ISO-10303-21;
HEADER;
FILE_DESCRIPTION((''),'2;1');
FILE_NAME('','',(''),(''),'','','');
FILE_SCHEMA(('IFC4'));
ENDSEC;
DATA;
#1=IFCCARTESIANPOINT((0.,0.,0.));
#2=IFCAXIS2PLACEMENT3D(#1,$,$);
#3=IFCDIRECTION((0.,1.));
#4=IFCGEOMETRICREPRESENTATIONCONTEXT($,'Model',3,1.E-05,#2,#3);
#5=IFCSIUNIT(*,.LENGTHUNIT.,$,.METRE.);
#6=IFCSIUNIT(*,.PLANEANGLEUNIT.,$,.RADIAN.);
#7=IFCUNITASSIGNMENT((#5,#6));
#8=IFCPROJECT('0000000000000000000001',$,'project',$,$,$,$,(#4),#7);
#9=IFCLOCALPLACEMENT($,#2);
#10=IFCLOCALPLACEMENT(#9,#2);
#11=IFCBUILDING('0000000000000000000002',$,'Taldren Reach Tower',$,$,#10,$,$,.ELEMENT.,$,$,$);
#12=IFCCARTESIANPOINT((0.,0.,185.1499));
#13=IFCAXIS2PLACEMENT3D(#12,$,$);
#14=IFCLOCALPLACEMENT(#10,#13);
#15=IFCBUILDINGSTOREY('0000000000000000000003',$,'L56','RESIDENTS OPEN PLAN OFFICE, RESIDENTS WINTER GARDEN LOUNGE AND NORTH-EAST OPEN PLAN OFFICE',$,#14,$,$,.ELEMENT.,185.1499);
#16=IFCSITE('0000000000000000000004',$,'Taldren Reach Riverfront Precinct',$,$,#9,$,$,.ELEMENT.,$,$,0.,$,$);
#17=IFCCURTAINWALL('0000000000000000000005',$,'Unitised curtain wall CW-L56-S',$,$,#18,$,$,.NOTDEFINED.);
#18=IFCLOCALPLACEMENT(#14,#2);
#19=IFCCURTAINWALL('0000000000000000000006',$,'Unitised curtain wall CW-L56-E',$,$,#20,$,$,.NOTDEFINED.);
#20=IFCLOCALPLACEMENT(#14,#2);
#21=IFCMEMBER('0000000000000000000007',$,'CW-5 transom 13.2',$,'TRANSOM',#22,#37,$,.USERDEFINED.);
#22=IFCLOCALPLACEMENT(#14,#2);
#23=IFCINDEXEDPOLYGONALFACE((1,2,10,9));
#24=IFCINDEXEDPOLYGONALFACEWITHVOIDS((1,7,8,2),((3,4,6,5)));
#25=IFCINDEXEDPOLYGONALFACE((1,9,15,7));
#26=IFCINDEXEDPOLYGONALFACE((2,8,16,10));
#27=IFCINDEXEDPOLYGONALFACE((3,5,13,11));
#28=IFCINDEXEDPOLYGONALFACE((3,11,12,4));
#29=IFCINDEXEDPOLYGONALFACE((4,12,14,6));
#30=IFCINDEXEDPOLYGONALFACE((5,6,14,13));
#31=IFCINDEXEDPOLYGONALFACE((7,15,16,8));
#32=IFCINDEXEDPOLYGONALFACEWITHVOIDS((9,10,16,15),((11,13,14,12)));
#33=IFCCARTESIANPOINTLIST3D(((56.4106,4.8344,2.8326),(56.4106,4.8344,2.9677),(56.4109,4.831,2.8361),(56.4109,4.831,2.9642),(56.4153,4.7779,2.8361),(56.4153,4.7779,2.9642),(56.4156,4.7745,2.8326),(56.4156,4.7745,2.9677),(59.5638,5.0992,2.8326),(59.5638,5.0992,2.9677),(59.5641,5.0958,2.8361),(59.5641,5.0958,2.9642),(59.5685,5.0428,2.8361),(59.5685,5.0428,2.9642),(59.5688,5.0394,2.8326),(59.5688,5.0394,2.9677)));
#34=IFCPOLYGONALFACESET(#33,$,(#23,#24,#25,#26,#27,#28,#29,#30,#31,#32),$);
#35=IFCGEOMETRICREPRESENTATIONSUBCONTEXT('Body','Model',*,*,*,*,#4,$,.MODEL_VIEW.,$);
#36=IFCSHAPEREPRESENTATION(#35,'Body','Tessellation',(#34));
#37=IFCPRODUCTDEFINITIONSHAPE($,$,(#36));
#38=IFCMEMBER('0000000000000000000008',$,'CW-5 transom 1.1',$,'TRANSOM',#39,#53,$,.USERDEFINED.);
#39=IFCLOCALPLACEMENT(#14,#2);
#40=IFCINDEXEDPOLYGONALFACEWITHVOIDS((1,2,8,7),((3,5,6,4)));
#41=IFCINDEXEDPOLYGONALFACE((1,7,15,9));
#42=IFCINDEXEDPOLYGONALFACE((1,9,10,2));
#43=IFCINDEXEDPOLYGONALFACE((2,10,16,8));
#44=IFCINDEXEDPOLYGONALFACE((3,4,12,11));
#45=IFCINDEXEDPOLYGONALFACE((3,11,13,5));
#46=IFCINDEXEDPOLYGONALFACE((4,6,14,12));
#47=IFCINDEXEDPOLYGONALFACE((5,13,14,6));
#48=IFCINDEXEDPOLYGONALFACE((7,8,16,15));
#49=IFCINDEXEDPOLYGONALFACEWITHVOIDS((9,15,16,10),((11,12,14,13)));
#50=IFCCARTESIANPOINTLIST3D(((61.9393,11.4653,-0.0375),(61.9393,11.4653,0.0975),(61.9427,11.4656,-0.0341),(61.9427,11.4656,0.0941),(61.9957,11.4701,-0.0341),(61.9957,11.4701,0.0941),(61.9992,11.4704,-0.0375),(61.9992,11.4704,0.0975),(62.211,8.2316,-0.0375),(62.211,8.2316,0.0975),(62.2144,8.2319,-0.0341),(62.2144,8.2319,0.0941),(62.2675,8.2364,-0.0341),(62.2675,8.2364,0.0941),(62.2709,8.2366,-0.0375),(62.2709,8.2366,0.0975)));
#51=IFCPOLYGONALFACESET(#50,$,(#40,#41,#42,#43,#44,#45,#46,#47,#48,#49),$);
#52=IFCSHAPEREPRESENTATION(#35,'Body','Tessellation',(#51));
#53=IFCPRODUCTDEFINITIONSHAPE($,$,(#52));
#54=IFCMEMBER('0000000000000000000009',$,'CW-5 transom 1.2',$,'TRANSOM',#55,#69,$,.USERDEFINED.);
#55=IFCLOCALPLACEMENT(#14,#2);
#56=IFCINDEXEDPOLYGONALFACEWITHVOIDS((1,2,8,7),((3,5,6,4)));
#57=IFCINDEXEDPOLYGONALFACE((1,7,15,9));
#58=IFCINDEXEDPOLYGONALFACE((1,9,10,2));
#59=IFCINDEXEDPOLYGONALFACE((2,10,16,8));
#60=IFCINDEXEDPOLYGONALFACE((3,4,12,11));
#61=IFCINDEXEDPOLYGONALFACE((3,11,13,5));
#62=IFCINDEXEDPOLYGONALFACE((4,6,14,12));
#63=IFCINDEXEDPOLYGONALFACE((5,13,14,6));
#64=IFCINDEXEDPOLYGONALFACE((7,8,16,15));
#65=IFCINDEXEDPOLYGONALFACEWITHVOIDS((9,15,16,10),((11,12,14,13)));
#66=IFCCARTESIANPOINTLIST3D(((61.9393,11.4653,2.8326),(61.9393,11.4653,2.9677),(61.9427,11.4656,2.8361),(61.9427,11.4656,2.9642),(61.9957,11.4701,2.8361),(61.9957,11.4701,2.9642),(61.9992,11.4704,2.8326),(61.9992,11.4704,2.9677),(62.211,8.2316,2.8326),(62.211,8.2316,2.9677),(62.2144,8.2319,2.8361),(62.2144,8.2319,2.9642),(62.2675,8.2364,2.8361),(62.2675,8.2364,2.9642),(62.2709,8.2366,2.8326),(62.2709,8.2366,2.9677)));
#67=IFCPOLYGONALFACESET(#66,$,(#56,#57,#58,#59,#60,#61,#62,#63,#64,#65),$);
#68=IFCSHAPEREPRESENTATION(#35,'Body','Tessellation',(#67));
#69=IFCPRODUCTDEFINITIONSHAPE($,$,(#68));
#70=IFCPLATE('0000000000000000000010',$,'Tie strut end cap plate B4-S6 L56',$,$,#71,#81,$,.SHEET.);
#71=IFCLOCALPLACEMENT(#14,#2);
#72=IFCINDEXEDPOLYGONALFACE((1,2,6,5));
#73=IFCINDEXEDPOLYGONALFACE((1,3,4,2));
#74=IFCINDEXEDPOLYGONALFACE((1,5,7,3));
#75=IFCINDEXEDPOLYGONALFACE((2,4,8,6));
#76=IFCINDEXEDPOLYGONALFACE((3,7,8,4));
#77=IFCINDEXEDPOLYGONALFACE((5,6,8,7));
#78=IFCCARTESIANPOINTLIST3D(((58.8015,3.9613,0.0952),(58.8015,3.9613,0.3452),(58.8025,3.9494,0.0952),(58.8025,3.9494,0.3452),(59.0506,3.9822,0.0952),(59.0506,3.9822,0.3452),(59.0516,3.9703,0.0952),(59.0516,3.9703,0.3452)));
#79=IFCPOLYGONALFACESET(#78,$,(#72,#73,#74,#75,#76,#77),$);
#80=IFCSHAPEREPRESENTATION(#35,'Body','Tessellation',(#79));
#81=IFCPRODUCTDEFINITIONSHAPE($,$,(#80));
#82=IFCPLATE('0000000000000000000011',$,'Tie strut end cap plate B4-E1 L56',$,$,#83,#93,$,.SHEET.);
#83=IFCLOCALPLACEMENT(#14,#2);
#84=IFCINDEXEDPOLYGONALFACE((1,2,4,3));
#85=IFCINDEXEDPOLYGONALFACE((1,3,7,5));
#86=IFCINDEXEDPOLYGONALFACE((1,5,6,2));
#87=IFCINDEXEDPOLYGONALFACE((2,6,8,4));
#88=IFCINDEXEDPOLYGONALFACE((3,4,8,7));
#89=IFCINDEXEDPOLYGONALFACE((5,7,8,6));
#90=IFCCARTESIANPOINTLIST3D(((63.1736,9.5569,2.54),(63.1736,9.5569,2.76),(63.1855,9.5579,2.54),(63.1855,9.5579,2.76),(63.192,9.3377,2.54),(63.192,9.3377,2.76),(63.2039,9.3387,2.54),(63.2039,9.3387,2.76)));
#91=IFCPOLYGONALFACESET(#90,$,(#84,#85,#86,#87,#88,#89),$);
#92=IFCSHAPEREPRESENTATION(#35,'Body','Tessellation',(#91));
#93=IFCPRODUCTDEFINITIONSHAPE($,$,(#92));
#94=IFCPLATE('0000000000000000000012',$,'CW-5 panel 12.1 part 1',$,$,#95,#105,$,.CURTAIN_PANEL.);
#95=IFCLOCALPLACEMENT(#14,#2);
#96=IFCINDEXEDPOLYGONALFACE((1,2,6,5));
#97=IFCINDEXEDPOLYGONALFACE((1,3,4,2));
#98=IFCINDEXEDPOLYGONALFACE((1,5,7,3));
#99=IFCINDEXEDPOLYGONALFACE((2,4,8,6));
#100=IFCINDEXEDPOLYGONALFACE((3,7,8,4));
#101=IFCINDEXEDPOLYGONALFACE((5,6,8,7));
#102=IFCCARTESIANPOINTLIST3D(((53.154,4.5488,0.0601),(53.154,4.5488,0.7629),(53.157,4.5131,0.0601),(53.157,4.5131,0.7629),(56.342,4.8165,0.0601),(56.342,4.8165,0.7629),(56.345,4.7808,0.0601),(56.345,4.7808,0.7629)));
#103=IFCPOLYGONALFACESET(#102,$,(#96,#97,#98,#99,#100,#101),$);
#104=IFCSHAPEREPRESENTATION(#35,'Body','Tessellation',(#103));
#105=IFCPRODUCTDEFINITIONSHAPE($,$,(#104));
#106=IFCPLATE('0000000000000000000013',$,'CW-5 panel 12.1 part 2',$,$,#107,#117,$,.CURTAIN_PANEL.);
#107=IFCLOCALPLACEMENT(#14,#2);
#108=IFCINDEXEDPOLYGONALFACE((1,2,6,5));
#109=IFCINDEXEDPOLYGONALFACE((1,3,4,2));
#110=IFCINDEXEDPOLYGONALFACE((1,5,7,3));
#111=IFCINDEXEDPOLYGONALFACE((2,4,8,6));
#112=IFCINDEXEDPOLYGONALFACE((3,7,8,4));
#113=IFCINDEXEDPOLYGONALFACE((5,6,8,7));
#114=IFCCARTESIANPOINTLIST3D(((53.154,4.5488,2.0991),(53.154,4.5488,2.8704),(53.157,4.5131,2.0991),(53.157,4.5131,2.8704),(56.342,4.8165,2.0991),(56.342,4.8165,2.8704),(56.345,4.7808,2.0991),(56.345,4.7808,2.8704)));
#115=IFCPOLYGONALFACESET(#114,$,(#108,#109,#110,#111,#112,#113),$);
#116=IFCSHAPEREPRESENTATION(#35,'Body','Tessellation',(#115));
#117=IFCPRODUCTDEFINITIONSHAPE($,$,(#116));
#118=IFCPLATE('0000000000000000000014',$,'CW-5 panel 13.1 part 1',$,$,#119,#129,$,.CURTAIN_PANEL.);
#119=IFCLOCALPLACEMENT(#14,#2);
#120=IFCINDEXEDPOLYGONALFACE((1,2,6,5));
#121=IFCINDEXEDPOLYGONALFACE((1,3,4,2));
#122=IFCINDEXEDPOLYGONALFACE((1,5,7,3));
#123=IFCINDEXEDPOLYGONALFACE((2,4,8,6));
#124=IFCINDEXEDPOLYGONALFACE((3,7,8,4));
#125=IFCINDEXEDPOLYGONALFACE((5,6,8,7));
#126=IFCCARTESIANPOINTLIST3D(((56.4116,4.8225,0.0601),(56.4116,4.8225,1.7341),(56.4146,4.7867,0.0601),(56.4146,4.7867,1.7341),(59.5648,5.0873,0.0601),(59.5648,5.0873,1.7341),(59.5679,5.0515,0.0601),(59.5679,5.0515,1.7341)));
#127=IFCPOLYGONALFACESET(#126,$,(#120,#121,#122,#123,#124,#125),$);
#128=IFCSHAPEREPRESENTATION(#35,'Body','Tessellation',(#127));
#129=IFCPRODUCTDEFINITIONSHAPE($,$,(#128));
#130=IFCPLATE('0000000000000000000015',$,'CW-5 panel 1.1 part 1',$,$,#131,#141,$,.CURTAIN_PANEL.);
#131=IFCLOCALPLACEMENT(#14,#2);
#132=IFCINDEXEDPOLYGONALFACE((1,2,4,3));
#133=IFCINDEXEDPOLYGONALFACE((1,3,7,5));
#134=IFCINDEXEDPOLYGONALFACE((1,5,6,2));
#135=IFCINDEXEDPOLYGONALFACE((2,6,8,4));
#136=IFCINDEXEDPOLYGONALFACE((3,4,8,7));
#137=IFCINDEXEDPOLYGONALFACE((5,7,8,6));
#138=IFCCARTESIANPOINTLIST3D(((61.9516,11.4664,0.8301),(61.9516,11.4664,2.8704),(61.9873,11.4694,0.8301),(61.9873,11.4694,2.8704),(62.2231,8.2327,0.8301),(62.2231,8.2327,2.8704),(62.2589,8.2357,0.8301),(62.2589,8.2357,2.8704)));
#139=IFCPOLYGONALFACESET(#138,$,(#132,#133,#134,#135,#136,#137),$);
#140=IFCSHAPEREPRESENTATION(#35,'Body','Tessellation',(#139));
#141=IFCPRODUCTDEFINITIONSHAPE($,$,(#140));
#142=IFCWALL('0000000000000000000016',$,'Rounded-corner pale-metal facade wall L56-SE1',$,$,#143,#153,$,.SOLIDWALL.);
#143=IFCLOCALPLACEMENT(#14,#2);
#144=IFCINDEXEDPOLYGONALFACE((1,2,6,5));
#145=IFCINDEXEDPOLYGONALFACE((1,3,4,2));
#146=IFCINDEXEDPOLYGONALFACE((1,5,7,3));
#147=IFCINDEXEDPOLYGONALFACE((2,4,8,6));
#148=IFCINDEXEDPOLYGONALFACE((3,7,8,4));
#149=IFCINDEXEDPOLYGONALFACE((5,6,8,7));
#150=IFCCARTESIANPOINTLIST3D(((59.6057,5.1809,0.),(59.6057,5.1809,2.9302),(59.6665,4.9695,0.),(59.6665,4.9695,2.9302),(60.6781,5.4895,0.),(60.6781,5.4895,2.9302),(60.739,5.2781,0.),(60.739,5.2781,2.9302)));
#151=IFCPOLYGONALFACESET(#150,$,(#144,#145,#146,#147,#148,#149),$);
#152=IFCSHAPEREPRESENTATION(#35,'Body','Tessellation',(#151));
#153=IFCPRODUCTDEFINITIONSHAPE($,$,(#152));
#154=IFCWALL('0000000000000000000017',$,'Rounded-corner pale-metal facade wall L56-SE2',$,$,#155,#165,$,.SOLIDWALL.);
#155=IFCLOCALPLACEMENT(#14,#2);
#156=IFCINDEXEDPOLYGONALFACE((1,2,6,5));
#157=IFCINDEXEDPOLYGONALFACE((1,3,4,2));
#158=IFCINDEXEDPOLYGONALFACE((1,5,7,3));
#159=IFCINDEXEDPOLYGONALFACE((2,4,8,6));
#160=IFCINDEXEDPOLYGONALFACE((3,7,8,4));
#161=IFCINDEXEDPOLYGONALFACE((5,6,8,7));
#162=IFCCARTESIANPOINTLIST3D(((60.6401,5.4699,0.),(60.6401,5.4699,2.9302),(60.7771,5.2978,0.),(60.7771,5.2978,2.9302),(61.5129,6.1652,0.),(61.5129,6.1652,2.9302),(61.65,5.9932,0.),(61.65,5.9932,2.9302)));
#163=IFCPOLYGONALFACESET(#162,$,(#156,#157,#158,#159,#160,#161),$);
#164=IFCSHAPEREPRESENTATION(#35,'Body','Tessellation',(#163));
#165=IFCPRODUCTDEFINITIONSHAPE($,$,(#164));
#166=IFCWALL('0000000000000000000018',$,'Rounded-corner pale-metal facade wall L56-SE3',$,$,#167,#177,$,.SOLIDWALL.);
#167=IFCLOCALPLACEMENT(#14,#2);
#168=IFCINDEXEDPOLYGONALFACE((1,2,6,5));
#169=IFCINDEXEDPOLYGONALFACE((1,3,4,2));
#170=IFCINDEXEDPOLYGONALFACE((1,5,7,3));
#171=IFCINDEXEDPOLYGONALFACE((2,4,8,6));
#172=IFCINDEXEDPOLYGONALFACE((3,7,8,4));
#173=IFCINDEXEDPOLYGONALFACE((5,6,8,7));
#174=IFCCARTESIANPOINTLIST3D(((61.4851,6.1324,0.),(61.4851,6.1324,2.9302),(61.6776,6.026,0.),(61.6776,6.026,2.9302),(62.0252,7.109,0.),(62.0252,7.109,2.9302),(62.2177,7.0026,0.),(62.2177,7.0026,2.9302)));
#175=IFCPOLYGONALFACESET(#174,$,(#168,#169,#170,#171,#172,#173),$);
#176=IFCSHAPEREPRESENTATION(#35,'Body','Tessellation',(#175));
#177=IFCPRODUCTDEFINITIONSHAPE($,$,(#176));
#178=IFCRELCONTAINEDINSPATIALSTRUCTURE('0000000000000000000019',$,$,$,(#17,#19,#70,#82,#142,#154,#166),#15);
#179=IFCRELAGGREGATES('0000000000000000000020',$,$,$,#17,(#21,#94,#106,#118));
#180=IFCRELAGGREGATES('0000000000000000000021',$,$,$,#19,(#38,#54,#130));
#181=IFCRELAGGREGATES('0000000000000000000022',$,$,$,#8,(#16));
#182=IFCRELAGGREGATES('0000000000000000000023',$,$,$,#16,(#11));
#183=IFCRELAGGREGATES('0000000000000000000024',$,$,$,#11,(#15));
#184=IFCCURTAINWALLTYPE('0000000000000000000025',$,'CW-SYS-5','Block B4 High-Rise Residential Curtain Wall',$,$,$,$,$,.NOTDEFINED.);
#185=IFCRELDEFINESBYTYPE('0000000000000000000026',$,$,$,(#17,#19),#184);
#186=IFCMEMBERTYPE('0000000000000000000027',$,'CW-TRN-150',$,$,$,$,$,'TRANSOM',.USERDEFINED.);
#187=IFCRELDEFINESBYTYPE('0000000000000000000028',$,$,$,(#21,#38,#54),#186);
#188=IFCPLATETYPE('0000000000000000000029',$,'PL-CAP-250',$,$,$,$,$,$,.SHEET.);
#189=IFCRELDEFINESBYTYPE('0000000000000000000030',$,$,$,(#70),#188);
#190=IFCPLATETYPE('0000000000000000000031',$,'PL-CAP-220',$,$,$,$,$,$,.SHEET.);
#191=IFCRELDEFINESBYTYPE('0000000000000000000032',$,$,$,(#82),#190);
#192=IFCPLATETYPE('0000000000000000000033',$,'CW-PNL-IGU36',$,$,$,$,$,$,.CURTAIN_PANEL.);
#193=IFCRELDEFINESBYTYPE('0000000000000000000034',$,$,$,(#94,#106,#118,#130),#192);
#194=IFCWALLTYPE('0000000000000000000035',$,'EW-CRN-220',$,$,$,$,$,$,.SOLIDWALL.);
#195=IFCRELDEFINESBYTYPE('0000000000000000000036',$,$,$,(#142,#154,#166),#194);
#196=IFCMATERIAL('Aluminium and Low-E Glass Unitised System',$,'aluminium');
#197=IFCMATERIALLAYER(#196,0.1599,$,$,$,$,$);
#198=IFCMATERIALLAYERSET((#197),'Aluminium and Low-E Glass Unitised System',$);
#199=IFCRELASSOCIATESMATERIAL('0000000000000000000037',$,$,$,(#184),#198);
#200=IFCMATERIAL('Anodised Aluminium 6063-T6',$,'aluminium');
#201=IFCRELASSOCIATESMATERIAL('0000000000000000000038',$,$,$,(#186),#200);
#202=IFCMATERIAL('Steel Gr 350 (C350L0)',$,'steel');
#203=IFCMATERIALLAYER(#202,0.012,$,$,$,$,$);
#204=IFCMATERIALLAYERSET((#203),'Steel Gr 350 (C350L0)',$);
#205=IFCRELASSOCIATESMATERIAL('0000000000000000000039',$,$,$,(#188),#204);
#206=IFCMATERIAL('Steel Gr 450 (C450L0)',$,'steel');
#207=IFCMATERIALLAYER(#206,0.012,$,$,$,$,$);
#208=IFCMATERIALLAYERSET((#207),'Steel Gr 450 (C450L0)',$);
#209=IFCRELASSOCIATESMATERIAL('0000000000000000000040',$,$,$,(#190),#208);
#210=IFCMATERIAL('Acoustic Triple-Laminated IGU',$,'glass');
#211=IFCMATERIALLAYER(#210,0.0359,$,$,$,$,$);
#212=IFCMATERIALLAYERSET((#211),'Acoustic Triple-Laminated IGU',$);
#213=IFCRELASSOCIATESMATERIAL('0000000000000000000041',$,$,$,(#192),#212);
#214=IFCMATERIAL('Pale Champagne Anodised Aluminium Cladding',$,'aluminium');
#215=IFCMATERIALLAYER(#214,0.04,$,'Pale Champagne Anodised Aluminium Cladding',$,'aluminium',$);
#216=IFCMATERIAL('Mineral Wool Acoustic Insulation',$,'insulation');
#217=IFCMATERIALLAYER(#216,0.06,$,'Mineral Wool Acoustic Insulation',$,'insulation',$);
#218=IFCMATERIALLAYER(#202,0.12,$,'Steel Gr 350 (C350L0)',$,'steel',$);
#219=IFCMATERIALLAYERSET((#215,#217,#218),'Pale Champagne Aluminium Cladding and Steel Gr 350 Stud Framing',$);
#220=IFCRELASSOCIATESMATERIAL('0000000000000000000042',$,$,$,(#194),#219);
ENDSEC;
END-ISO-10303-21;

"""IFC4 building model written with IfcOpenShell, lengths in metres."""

from ifc_helpers import new_model, si_unit, direction, frame, frame_2d, origin, origin_2d, place, context, subcontext, project, spatial, rectangle, hollow_rectangle, extrude, source, transform, mapped, material, layer, layer_set, material_profile, profile_set, type_object, element, aggregate, save


model = new_model("IFC4")

# Units and contexts
model_context = context("Model", 3, precision=1e-05, world=origin(), true_north=direction((0.0, 1.0)))
body_context = subcontext(model_context, "Body", "Model", "MODEL_VIEW")
ifc_project = project(units=[si_unit("LENGTHUNIT", "METRE"), si_unit("PLANEANGLEUNIT", "RADIAN")], contexts=[model_context])

# Site, building, storey
site_placement = place(None, origin())
site = spatial("IfcSite", under=ifc_project, at=site_placement, Name="Taldren Reach Riverfront Precinct", CompositionType="ELEMENT", RefElevation=0.0)
building_placement = place(site_placement, origin())
building = spatial("IfcBuilding", under=site, at=building_placement, Name="Taldren Reach Tower", CompositionType="ELEMENT")
storey_placement = place(building_placement, frame((0.0, 0.0, 185.1499)))
storey = spatial("IfcBuildingStorey", under=building, at=storey_placement, Name="L56", Description="RESIDENTS OPEN PLAN OFFICE, RESIDENTS WINTER GARDEN LOUNGE AND NORTH-EAST OPEN PLAN OFFICE", CompositionType="ELEMENT", Elevation=185.1499)

# Shared definitions
ifc_material_1 = material(Name="Steel Gr 350 (C350L0)", Category="steel")

# Shared definitions
ifc_material_2 = material(Name="Steel Gr 450 (C450L0)", Category="steel")

# Curtain wall
ifc_material_3 = material(Name="Aluminium and Low-E Glass Unitised System", Category="aluminium")
ifc_layer_1 = layer(ifc_material_3, 0.1599)
ifc_layer_set_1 = layer_set([ifc_layer_1], Name="Aluminium and Low-E Glass Unitised System")
curtain_wall_type = type_object("IfcCurtainWallType", Name="CW-SYS-5", Description="Block B4 High-Rise Residential Curtain Wall", PredefinedType="NOTDEFINED", material=ifc_layer_set_1)
curtain_wall_1_placement = place(storey_placement, origin())
curtain_wall_1 = element("IfcCurtainWall", 1, at=curtain_wall_1_placement, inside=storey, type_object=curtain_wall_type, Name="Unitised curtain wall CW-L56-S", PredefinedType="NOTDEFINED")
ifc_material_4 = material(Name="Anodised Aluminium 6063-T6", Category="aluminium")

# Curtain wall
curtain_wall_2_placement = place(storey_placement, origin())
curtain_wall_2 = element("IfcCurtainWall", 2, at=curtain_wall_2_placement, inside=storey, type_object=curtain_wall_type, Name="Unitised curtain wall CW-L56-E", PredefinedType="NOTDEFINED")

# Members
ifc_material_profile_1 = material_profile(ifc_material_4, hollow_rectangle(XDim=0.0601, YDim=0.135, WallThickness=0.0034, at=origin_2d()), Name="ALU-135x60x3.5RHS")
ifc_profile_set_1 = profile_set([ifc_material_profile_1], Name="Anodised Aluminium 6063-T6")
member_type_1 = type_object("IfcMemberType", Name="CW-TRN-150", ElementType="TRANSOM", PredefinedType="USERDEFINED", material=ifc_profile_set_1)
shared_shape_1 = source(origin(), body_context, "Body", "SweptSolid", [
    extrude(hollow_rectangle(XDim=0.0601, YDim=0.135, WallThickness=0.0034, at=origin_2d()), origin(), (0.0, 0.0, 1.0), 3.1643),
])
member_1_placement = place(storey_placement, frame((56.4131, 4.8044, 2.9001), z_axis=(0.99649, 0.083709, 0.0), x_axis=(-0.083709, 0.99649, 0.0)))
member_1 = element("IfcMember", 3, at=member_1_placement, type_object=member_type_1, Name="CW-5 transom 13.2", ObjectType="TRANSOM", PredefinedType="USERDEFINED", context=body_context, shape_type="MappedRepresentation", body=[
    mapped(shared_shape_1, transform((0.0, 0.0, 0.0), scale=1.0)),
])
shared_shape_2 = source(origin(), body_context, "Body", "SweptSolid", [
    extrude(hollow_rectangle(XDim=0.0601, YDim=0.135, WallThickness=0.0034, at=origin_2d()), origin(), (0.0, 0.0, 1.0), 3.2451),
])
member_2_placement = place(storey_placement, frame((62.241, 8.2341, 0.03), z_axis=(-0.083737, 0.996488, 0.0), x_axis=(-0.996488, -0.083737, 0.0)))
member_2 = element("IfcMember", 4, at=member_2_placement, type_object=member_type_1, Name="CW-5 transom 1.1", ObjectType="TRANSOM", PredefinedType="USERDEFINED", context=body_context, shape_type="MappedRepresentation", body=[
    mapped(shared_shape_2, transform((0.0, 0.0, 0.0), scale=1.0)),
])
member_3_placement = place(storey_placement, frame((62.241, 8.2341, 2.9001), z_axis=(-0.083737, 0.996488, 0.0), x_axis=(-0.996488, -0.083737, 0.0)))
member_3 = element("IfcMember", 5, at=member_3_placement, type_object=member_type_1, Name="CW-5 transom 1.2", ObjectType="TRANSOM", PredefinedType="USERDEFINED", context=body_context, shape_type="MappedRepresentation", body=[
    mapped(shared_shape_2, transform((0.0, 0.0, 0.0), scale=1.0)),
])

# Plates
ifc_layer_2 = layer(ifc_material_1, 0.012)
ifc_layer_set_2 = layer_set([ifc_layer_2], Name="Steel Gr 350 (C350L0)")
plate_type_1 = type_object("IfcPlateType", Name="PL-CAP-250", PredefinedType="SHEET", material=ifc_layer_set_2)
shared_shape_3 = source(origin(), body_context, "Body", "SweptSolid", [
    extrude(rectangle(XDim=0.25, YDim=0.012, at=origin_2d()), origin(), (0.0, 0.0, 1.0), 0.25),
])
plate_1_placement = place(storey_placement, frame((58.9265, 3.9658, 0.0952), z_axis=(0.0, 0.0, 1.0), x_axis=(0.996493, 0.083678, 0.0)))
element("IfcPlate", 6, at=plate_1_placement, inside=storey, type_object=plate_type_1, Name="Tie strut end cap plate B4-S6 L56", PredefinedType="SHEET", context=body_context, shape_type="MappedRepresentation", body=[
    mapped(shared_shape_3, transform((0.0, 0.0, 0.0), scale=1.0)),
])
ifc_layer_3 = layer(ifc_material_2, 0.012)
ifc_layer_set_3 = layer_set([ifc_layer_3], Name="Steel Gr 450 (C450L0)")
plate_type_2 = type_object("IfcPlateType", Name="PL-CAP-220", PredefinedType="SHEET", material=ifc_layer_set_3)
shared_shape_4 = source(origin(), body_context, "Body", "SweptSolid", [
    extrude(rectangle(XDim=0.012, YDim=0.22, at=origin_2d()), origin(), (0.0, 0.0, 1.0), 0.22),
])
plate_2_placement = place(storey_placement, frame((63.1887, 9.4478, 2.54), z_axis=(0.0, 0.0, 1.0), x_axis=(0.996493, 0.083678, 0.0)))
element("IfcPlate", 7, at=plate_2_placement, inside=storey, type_object=plate_type_2, Name="Tie strut end cap plate B4-E1 L56", PredefinedType="SHEET", context=body_context, shape_type="MappedRepresentation", body=[
    mapped(shared_shape_4, transform((0.0, 0.0, 0.0), scale=1.0)),
])

# Plates
ifc_material_5 = material(Name="Acoustic Triple-Laminated IGU", Category="glass")
ifc_layer_4 = layer(ifc_material_5, 0.0359)
ifc_layer_set_4 = layer_set([ifc_layer_4], Name="Acoustic Triple-Laminated IGU")
plate_type_3 = type_object("IfcPlateType", Name="CW-PNL-IGU36", PredefinedType="CURTAIN_PANEL", material=ifc_layer_set_4)
shared_shape_5 = source(origin(), body_context, "Body", "SweptSolid", [
    extrude(rectangle(XDim=3.1992, YDim=0.0359, at=origin_2d()), origin(), (0.0, 0.0, 1.0), 0.7029),
])
plate_3_placement = place(storey_placement, frame((54.7495, 4.6648, 0.0601), z_axis=(0.0, 0.0, 1.0), x_axis=(0.996493, 0.083678, 0.0)))
plate_3 = element("IfcPlate", 8, at=plate_3_placement, type_object=plate_type_3, Name="CW-5 panel 12.1 part 1", PredefinedType="CURTAIN_PANEL", context=body_context, shape_type="MappedRepresentation", body=[
    mapped(shared_shape_5, transform((0.0, 0.0, 0.0), scale=1.0)),
])
shared_shape_6 = source(origin(), body_context, "Body", "SweptSolid", [
    extrude(rectangle(XDim=3.1992, YDim=0.0359, at=origin_2d()), origin(), (0.0, 0.0, 1.0), 0.7712),
])
plate_4_placement = place(storey_placement, frame((54.7495, 4.6648, 2.0991), z_axis=(0.0, 0.0, 1.0), x_axis=(0.996493, 0.083678, 0.0)))
plate_4 = element("IfcPlate", 9, at=plate_4_placement, type_object=plate_type_3, Name="CW-5 panel 12.1 part 2", PredefinedType="CURTAIN_PANEL", context=body_context, shape_type="MappedRepresentation", body=[
    mapped(shared_shape_6, transform((0.0, 0.0, 0.0), scale=1.0)),
])
shared_shape_7 = source(origin(), body_context, "Body", "SweptSolid", [
    extrude(rectangle(XDim=3.1643, YDim=0.0359, at=origin_2d()), origin(), (0.0, 0.0, 1.0), 1.6741),
])
plate_5_placement = place(storey_placement, frame((57.9897, 4.937, 0.0601), z_axis=(0.0, 0.0, 1.0), x_axis=(0.996493, 0.083678, 0.0)))
plate_5 = element("IfcPlate", 10, at=plate_5_placement, type_object=plate_type_3, Name="CW-5 panel 13.1 part 1", PredefinedType="CURTAIN_PANEL", context=body_context, shape_type="MappedRepresentation", body=[
    mapped(shared_shape_7, transform((0.0, 0.0, 0.0), scale=1.0)),
])
aggregate(curtain_wall_1, [member_1, plate_3, plate_4, plate_5])
shared_shape_8 = source(origin(), body_context, "Body", "SweptSolid", [
    extrude(rectangle(XDim=3.2451, YDim=0.0359, at=origin_2d()), origin(), (0.0, 0.0, 1.0), 2.0403),
])
plate_6_placement = place(storey_placement, frame((62.1052, 9.8511, 0.8301), z_axis=(0.0, 0.0, 1.0), x_axis=(-0.083678, 0.996493, 0.0)))
plate_6 = element("IfcPlate", 11, at=plate_6_placement, type_object=plate_type_3, Name="CW-5 panel 1.1 part 1", PredefinedType="CURTAIN_PANEL", context=body_context, shape_type="MappedRepresentation", body=[
    mapped(shared_shape_8, transform((0.0, 0.0, 0.0), scale=1.0)),
])
aggregate(curtain_wall_2, [member_2, member_3, plate_6])

# Walls
ifc_material_6 = material(Name="Pale Champagne Anodised Aluminium Cladding", Category="aluminium")
ifc_layer_5 = layer(ifc_material_6, 0.04, Name="Pale Champagne Anodised Aluminium Cladding", Category="aluminium")
ifc_material_7 = material(Name="Mineral Wool Acoustic Insulation", Category="insulation")
ifc_layer_6 = layer(ifc_material_7, 0.06, Name="Mineral Wool Acoustic Insulation", Category="insulation")
ifc_layer_7 = layer(ifc_material_1, 0.12, Name="Steel Gr 350 (C350L0)", Category="steel")
ifc_layer_set_5 = layer_set([ifc_layer_5, ifc_layer_6, ifc_layer_7], Name="Pale Champagne Aluminium Cladding and Steel Gr 350 Stud Framing")
wall_type = type_object("IfcWallType", Name="EW-CRN-220", PredefinedType="SOLIDWALL", material=ifc_layer_set_5)
shared_shape_9 = source(origin(), body_context, "Body", "SweptSolid", [
    extrude(rectangle(XDim=1.116, YDim=0.22, at=frame_2d((0.5581, 0.0))), origin(), (0.0, 0.0, 1.0), 2.9302),
])
for number, where, z_axis, x_axis, name in (
    (12, (59.636, 5.0752, 0.0), (0.0, 0.0, 1.0), (0.96101, 0.276512, 0.0), "Rounded-corner pale-metal facade wall L56-SE1"),
    (13, (60.7085, 5.3838, 0.0), (0.0, 0.0, 1.0), (0.782148, 0.623093, 0.0), "Rounded-corner pale-metal facade wall L56-SE2"),
    (14, (61.5813, 6.0791, 0.0), (0.0, 0.0, 1.0), (0.483933, 0.875105, 0.0), "Rounded-corner pale-metal facade wall L56-SE3"),
):
    element("IfcWall", number, at=place(storey_placement, frame(where, z_axis=z_axis, x_axis=x_axis)), inside=storey, type_object=wall_type, Name=name, PredefinedType="SOLIDWALL", context=body_context, shape_type="MappedRepresentation", body=[
        mapped(shared_shape_9, transform((0.0, 0.0, 0.0), scale=1.0)),
    ])

save(model, "model.ifc")
